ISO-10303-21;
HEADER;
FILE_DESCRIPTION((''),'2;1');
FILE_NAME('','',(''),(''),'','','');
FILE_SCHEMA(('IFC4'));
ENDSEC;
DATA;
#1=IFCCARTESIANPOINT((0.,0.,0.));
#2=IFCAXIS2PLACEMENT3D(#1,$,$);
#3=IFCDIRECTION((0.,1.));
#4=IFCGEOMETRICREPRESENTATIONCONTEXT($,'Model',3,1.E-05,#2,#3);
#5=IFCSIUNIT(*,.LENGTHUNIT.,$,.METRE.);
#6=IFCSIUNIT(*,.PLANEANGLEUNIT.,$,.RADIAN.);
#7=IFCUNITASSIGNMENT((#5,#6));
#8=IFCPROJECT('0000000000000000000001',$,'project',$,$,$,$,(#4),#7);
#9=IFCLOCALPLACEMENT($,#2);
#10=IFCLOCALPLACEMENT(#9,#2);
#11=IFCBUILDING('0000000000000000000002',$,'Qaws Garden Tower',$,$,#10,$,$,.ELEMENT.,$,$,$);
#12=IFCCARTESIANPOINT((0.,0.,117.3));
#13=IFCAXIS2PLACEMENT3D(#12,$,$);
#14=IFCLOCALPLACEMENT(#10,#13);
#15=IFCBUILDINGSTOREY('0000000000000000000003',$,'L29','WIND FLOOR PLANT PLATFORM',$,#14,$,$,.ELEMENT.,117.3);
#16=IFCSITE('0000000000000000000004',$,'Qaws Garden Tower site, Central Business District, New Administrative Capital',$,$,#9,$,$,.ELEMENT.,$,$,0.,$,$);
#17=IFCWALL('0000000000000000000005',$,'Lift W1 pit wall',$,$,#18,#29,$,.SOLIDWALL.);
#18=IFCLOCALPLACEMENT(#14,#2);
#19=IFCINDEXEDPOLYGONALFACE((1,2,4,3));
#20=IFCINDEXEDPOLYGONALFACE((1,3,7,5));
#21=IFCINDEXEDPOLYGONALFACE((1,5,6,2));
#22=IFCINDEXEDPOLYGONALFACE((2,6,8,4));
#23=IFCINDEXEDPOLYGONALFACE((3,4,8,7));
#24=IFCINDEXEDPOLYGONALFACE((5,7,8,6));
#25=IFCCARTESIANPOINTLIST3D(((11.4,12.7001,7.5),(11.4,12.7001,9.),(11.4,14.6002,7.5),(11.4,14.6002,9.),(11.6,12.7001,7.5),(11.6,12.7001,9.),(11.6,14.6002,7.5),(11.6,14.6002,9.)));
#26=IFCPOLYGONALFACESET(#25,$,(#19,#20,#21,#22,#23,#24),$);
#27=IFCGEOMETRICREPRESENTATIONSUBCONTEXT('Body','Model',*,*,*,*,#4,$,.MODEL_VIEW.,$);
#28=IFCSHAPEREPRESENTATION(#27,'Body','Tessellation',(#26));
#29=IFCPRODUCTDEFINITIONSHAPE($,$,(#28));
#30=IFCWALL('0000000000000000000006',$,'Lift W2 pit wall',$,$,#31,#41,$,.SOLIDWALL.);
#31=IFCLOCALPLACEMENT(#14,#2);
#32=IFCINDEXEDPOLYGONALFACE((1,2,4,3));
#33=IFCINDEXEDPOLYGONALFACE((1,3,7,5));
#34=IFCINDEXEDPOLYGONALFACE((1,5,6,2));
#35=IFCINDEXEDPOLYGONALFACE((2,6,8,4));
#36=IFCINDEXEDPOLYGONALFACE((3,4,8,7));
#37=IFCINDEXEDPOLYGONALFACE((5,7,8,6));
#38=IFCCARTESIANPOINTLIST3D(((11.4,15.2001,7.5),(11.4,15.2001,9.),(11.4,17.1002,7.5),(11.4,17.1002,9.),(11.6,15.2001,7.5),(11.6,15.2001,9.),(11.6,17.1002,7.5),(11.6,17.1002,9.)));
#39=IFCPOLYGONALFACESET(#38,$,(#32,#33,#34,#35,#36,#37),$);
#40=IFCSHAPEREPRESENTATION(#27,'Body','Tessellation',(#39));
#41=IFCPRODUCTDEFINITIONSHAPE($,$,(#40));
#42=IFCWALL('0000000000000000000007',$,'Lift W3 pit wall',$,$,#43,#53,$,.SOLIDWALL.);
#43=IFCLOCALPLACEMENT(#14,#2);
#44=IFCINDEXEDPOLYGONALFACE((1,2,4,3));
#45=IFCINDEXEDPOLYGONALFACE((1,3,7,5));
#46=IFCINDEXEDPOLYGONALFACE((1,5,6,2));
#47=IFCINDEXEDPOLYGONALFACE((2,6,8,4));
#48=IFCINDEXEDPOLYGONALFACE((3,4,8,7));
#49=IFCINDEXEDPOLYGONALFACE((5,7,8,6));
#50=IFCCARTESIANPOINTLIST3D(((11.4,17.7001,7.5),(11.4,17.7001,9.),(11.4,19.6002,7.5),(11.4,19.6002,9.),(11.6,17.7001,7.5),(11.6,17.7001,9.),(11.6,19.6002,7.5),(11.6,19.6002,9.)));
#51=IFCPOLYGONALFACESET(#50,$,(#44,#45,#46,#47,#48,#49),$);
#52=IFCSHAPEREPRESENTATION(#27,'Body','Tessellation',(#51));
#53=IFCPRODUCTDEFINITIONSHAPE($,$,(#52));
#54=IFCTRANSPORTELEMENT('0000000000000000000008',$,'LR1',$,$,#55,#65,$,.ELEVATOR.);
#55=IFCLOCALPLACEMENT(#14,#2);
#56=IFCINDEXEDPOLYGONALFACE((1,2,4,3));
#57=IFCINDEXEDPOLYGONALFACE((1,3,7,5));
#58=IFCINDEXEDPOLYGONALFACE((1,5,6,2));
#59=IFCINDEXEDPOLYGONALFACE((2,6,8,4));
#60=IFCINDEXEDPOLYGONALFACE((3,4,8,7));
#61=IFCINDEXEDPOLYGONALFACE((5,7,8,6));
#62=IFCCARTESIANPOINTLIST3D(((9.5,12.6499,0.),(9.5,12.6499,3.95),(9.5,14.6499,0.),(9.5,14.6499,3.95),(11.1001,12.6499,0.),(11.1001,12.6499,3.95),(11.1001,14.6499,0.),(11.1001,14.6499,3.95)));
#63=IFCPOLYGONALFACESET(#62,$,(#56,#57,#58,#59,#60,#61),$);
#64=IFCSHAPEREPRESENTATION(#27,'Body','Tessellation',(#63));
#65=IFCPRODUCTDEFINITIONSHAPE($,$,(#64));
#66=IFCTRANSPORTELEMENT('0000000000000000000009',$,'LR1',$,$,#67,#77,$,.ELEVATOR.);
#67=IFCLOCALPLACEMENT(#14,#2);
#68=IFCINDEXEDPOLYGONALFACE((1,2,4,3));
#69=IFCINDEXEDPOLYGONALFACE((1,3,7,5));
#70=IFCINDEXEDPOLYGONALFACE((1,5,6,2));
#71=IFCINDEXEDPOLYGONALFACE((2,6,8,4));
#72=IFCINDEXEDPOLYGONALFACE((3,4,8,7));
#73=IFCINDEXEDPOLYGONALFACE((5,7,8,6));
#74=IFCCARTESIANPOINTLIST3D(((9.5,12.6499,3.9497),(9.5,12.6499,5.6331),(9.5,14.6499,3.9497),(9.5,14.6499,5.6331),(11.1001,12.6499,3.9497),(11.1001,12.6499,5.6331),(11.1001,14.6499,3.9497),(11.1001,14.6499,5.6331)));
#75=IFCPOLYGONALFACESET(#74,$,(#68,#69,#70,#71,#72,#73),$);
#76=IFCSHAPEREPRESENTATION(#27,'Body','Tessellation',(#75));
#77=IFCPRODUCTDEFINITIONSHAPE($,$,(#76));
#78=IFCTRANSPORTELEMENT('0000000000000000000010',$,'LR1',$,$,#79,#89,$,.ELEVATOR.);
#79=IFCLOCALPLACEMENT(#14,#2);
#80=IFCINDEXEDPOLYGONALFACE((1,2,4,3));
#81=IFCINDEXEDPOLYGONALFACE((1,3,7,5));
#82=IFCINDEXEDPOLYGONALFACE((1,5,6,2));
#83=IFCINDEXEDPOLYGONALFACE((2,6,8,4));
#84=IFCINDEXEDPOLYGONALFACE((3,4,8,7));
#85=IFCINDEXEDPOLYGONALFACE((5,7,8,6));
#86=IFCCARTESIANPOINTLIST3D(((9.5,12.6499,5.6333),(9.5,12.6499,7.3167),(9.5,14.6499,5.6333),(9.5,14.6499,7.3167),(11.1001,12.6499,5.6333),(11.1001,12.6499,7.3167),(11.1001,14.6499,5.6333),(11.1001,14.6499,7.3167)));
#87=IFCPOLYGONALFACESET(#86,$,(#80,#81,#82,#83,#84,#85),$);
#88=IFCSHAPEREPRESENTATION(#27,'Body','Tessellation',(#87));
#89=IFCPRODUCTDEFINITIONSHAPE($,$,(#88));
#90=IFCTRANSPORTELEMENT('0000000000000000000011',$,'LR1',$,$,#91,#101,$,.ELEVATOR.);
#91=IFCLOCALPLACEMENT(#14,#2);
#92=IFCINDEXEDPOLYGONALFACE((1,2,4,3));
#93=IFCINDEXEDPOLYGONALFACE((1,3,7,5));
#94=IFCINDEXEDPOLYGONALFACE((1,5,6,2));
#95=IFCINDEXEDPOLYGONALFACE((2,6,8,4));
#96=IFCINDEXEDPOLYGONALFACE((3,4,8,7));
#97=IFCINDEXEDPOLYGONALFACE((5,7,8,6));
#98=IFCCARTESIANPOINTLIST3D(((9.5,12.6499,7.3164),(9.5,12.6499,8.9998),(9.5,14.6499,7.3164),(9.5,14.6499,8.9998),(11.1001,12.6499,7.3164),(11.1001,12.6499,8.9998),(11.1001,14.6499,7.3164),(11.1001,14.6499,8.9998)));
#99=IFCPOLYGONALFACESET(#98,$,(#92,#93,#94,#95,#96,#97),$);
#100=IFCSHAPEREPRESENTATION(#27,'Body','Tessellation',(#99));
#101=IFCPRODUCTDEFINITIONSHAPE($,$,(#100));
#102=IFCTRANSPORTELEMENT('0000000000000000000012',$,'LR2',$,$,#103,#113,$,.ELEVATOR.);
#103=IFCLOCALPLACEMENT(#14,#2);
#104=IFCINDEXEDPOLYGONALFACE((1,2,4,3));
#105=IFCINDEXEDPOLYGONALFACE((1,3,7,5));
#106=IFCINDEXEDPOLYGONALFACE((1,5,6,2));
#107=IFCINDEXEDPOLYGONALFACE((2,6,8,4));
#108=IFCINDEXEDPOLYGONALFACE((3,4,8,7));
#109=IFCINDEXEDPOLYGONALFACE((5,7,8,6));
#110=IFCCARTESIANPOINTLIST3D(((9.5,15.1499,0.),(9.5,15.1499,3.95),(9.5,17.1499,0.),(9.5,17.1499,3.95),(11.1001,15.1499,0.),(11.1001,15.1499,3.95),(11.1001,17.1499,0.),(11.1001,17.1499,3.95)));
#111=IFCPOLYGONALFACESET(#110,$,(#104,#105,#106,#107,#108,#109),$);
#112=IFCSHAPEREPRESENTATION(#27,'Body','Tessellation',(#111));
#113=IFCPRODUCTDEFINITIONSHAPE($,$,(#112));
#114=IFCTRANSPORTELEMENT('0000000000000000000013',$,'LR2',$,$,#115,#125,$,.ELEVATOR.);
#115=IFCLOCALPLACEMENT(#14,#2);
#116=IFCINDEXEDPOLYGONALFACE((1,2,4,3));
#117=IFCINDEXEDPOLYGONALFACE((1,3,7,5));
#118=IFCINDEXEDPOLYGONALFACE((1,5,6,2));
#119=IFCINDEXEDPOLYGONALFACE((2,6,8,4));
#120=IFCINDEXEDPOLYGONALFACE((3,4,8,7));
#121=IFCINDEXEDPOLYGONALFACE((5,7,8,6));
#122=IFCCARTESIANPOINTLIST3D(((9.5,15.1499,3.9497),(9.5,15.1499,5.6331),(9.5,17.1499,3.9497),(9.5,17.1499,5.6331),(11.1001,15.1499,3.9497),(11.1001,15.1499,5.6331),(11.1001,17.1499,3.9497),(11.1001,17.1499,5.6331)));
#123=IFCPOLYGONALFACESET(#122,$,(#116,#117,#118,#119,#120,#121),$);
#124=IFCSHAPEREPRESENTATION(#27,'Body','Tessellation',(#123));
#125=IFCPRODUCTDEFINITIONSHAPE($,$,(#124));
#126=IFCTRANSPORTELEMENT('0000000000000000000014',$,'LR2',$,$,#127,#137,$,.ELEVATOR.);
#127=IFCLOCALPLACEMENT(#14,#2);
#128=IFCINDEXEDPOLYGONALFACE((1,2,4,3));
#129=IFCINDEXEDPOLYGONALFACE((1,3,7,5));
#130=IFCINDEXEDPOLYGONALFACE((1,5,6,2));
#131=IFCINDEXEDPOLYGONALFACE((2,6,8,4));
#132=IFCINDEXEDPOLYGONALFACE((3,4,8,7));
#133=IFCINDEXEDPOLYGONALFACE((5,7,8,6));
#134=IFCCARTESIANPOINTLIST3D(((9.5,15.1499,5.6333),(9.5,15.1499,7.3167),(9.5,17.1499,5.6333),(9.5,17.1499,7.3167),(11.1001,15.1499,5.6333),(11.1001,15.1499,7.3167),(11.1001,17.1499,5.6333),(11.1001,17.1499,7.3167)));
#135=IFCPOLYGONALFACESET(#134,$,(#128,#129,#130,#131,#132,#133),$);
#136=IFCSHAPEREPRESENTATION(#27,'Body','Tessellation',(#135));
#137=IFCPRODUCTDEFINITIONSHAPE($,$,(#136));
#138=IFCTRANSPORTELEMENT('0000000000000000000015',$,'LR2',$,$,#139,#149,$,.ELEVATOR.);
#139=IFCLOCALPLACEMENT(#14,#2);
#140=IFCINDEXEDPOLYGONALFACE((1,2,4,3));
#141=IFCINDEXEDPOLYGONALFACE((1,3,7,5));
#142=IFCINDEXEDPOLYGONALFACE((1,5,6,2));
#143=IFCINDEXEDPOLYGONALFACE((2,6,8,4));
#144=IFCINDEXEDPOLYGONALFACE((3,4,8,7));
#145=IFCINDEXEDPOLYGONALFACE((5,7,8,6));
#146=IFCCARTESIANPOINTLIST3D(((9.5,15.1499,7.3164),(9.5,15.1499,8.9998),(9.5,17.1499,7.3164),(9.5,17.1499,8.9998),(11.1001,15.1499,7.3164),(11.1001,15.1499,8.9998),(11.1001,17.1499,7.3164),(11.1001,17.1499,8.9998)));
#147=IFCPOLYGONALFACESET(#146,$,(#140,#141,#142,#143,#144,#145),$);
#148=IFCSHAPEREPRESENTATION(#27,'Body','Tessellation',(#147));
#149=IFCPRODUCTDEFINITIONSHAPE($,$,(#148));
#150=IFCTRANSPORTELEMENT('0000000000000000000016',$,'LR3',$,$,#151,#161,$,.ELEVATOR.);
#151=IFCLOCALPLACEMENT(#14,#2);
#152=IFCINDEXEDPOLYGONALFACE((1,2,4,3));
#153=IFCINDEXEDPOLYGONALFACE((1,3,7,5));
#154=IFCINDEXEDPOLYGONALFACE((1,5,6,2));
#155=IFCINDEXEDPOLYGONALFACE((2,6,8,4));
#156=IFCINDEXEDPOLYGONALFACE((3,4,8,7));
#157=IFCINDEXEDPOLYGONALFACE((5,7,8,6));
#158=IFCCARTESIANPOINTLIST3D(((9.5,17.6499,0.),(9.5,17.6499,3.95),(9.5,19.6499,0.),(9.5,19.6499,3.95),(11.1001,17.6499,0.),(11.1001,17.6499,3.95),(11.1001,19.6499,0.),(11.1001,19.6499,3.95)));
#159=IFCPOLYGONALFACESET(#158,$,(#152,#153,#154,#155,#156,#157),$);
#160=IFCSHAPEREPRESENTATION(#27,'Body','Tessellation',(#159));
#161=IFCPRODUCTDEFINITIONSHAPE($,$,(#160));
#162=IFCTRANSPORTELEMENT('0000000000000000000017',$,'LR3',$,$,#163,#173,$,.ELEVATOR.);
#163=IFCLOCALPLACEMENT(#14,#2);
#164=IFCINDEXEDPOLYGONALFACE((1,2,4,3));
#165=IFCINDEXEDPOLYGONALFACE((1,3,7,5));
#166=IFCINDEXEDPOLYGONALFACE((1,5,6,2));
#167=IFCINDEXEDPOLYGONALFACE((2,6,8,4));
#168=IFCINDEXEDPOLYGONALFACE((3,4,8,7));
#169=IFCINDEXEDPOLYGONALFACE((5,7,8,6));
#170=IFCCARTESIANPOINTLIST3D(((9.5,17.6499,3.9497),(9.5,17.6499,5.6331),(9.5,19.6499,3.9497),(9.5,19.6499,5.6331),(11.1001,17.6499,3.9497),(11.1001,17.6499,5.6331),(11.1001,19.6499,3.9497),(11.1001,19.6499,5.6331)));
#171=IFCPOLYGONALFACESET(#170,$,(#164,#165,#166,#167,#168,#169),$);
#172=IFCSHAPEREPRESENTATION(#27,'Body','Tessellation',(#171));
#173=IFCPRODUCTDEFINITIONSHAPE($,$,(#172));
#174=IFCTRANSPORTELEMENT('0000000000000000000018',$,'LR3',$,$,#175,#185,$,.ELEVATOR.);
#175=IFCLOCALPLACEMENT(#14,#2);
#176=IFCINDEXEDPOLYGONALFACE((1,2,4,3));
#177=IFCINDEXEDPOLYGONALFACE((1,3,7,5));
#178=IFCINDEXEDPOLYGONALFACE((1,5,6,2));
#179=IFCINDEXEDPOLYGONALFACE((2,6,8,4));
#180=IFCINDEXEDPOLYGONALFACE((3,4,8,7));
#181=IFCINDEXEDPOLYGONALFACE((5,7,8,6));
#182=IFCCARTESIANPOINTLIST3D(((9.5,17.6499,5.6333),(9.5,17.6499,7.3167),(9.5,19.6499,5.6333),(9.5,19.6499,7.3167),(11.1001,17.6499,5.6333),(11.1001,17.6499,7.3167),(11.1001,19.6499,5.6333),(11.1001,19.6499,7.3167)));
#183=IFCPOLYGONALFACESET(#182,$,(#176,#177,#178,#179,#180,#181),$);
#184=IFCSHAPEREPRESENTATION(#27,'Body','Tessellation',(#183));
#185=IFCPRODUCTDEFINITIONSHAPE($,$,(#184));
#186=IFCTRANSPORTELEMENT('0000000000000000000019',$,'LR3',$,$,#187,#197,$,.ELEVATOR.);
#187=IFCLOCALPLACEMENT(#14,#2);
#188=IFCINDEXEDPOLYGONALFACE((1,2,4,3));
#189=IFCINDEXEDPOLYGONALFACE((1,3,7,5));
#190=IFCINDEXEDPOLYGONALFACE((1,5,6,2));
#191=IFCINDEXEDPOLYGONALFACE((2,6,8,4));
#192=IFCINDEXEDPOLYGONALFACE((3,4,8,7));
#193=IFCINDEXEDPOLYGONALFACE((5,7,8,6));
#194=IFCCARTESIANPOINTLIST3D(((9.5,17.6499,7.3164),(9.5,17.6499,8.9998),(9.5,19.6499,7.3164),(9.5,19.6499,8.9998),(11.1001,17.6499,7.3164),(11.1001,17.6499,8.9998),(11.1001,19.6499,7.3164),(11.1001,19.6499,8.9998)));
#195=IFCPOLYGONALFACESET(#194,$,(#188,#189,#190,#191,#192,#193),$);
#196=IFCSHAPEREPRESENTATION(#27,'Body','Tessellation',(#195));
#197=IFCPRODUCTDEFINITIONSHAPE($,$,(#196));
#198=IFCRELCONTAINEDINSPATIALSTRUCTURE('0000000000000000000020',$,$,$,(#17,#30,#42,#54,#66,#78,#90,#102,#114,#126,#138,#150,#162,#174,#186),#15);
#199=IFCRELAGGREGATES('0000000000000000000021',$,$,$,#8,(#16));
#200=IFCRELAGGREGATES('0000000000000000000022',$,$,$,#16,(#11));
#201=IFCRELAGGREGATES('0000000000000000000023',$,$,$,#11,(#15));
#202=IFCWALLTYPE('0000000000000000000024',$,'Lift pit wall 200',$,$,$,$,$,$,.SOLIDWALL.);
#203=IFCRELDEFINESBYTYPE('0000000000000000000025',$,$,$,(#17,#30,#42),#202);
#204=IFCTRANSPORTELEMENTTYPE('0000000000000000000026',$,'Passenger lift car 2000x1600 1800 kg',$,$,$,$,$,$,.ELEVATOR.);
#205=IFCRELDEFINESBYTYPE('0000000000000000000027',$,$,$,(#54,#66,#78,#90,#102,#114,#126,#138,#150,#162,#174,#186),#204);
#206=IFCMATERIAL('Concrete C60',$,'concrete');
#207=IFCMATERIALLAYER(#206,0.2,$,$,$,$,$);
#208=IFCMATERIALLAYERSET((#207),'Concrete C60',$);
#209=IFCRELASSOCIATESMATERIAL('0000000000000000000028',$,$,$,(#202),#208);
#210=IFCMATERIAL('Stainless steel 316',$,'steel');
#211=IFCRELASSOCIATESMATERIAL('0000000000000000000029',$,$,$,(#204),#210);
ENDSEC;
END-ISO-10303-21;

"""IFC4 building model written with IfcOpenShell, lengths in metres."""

from ifc_helpers import new_model, si_unit, direction, frame, frame_2d, origin, origin_2d, place, context, subcontext, project, spatial, rectangle, extrude, material, layer, layer_set, type_object, element, save


model = new_model("IFC4")

# Units and contexts
model_context = context("Model", 3, precision=1e-05, world=origin(), true_north=direction((0.0, 1.0)))
body_context = subcontext(model_context, "Body", "Model", "MODEL_VIEW")
ifc_project = project(units=[si_unit("LENGTHUNIT", "METRE"), si_unit("PLANEANGLEUNIT", "RADIAN")], contexts=[model_context])

# Site, building, storey
site_placement = place(None, origin())
site = spatial("IfcSite", under=ifc_project, at=site_placement, Name="Qaws Garden Tower site, Central Business District, New Administrative Capital", CompositionType="ELEMENT", RefElevation=0.0)
building_placement = place(site_placement, origin())
building = spatial("IfcBuilding", under=site, at=building_placement, Name="Qaws Garden Tower", CompositionType="ELEMENT")
storey_placement = place(building_placement, frame((0.0, 0.0, 117.3)))
storey = spatial("IfcBuildingStorey", under=building, at=storey_placement, Name="L29", Description="WIND FLOOR PLANT PLATFORM", CompositionType="ELEMENT", Elevation=117.3)

# Walls
ifc_material_1 = material(Name="Concrete C60", Category="concrete")
ifc_layer = layer(ifc_material_1, 0.2)
ifc_layer_set = layer_set([ifc_layer], Name="Concrete C60")
wall_type = type_object("IfcWallType", Name="Lift pit wall 200", PredefinedType="SOLIDWALL", material=ifc_layer_set)
for number, where, z_axis, x_axis, name in (
    (1, (11.5, 12.7, 7.5), (0.0, 0.0, 1.0), (0.0, 1.0, 0.0), "Lift W1 pit wall"),
    (2, (11.5, 15.2, 7.5), (0.0, 0.0, 1.0), (0.0, 1.0, 0.0), "Lift W2 pit wall"),
    (3, (11.5, 17.7, 7.5), (0.0, 0.0, 1.0), (0.0, 1.0, 0.0), "Lift W3 pit wall"),
):
    element("IfcWall", number, at=place(storey_placement, frame(where, z_axis=z_axis, x_axis=x_axis)), inside=storey, type_object=wall_type, Name=name, PredefinedType="SOLIDWALL", context=body_context, shape_type="SweptSolid", body=[
        extrude(rectangle(XDim=1.9001, YDim=0.2, at=frame_2d((0.9502, 0.0))), origin(), (0.0, 0.0, 1.0), 1.5),
    ])

# Transport elements
ifc_material_2 = material(Name="Stainless steel 316", Category="steel")
transport_element_type = type_object("IfcTransportElementType", Name="Passenger lift car 2000x1600 1800 kg", PredefinedType="ELEVATOR", material=ifc_material_2)
transport_element_1_placement = place(storey_placement, frame((10.3, 13.6499, 0.0), z_axis=(0.0, 0.0, 1.0), x_axis=(1.0, 0.0, 0.0)))
element("IfcTransportElement", 4, at=transport_element_1_placement, inside=storey, type_object=transport_element_type, Name="LR1", PredefinedType="ELEVATOR", context=body_context, shape_type="SweptSolid", body=[
    extrude(rectangle(XDim=1.6001, YDim=2.0, at=origin_2d()), origin(), (0.0, 0.0, 1.0), 3.95),
])
for number, where, z_axis, x_axis, name in (
    (5, (10.3, 13.6499, 3.9497), (0.0, 0.0, 1.0), (1.0, 0.0, 0.0), "LR1"),
    (6, (10.3, 13.6499, 5.6333), (0.0, 0.0, 1.0), (1.0, 0.0, 0.0), "LR1"),
    (7, (10.3, 13.6499, 7.3164), (0.0, 0.0, 1.0), (1.0, 0.0, 0.0), "LR1"),
):
    element("IfcTransportElement", number, at=place(storey_placement, frame(where, z_axis=z_axis, x_axis=x_axis)), inside=storey, type_object=transport_element_type, Name=name, PredefinedType="ELEVATOR", context=body_context, shape_type="SweptSolid", body=[
        extrude(rectangle(XDim=1.6001, YDim=2.0, at=origin_2d()), origin(), (0.0, 0.0, 1.0), 1.6833),
    ])
transport_element_2_placement = place(storey_placement, frame((10.3, 16.1499, 0.0), z_axis=(0.0, 0.0, 1.0), x_axis=(1.0, 0.0, 0.0)))
element("IfcTransportElement", 8, at=transport_element_2_placement, inside=storey, type_object=transport_element_type, Name="LR2", PredefinedType="ELEVATOR", context=body_context, shape_type="SweptSolid", body=[
    extrude(rectangle(XDim=1.6001, YDim=2.0, at=origin_2d()), origin(), (0.0, 0.0, 1.0), 3.95),
])
for number, where, z_axis, x_axis, name in (
    (9, (10.3, 16.1499, 3.9497), (0.0, 0.0, 1.0), (1.0, 0.0, 0.0), "LR2"),
    (10, (10.3, 16.1499, 5.6333), (0.0, 0.0, 1.0), (1.0, 0.0, 0.0), "LR2"),
    (11, (10.3, 16.1499, 7.3164), (0.0, 0.0, 1.0), (1.0, 0.0, 0.0), "LR2"),
):
    element("IfcTransportElement", number, at=place(storey_placement, frame(where, z_axis=z_axis, x_axis=x_axis)), inside=storey, type_object=transport_element_type, Name=name, PredefinedType="ELEVATOR", context=body_context, shape_type="SweptSolid", body=[
        extrude(rectangle(XDim=1.6001, YDim=2.0, at=origin_2d()), origin(), (0.0, 0.0, 1.0), 1.6833),
    ])
transport_element_3_placement = place(storey_placement, frame((10.3, 18.6499, 0.0), z_axis=(0.0, 0.0, 1.0), x_axis=(1.0, 0.0, 0.0)))
element("IfcTransportElement", 12, at=transport_element_3_placement, inside=storey, type_object=transport_element_type, Name="LR3", PredefinedType="ELEVATOR", context=body_context, shape_type="SweptSolid", body=[
    extrude(rectangle(XDim=1.6001, YDim=2.0, at=origin_2d()), origin(), (0.0, 0.0, 1.0), 3.95),
])
for number, where, z_axis, x_axis, name in (
    (13, (10.3, 18.6499, 3.9497), (0.0, 0.0, 1.0), (1.0, 0.0, 0.0), "LR3"),
    (14, (10.3, 18.6499, 5.6333), (0.0, 0.0, 1.0), (1.0, 0.0, 0.0), "LR3"),
    (15, (10.3, 18.6499, 7.3164), (0.0, 0.0, 1.0), (1.0, 0.0, 0.0), "LR3"),
):
    element("IfcTransportElement", number, at=place(storey_placement, frame(where, z_axis=z_axis, x_axis=x_axis)), inside=storey, type_object=transport_element_type, Name=name, PredefinedType="ELEVATOR", context=body_context, shape_type="SweptSolid", body=[
        extrude(rectangle(XDim=1.6001, YDim=2.0, at=origin_2d()), origin(), (0.0, 0.0, 1.0), 1.6833),
    ])

save(model, "model.ifc")
